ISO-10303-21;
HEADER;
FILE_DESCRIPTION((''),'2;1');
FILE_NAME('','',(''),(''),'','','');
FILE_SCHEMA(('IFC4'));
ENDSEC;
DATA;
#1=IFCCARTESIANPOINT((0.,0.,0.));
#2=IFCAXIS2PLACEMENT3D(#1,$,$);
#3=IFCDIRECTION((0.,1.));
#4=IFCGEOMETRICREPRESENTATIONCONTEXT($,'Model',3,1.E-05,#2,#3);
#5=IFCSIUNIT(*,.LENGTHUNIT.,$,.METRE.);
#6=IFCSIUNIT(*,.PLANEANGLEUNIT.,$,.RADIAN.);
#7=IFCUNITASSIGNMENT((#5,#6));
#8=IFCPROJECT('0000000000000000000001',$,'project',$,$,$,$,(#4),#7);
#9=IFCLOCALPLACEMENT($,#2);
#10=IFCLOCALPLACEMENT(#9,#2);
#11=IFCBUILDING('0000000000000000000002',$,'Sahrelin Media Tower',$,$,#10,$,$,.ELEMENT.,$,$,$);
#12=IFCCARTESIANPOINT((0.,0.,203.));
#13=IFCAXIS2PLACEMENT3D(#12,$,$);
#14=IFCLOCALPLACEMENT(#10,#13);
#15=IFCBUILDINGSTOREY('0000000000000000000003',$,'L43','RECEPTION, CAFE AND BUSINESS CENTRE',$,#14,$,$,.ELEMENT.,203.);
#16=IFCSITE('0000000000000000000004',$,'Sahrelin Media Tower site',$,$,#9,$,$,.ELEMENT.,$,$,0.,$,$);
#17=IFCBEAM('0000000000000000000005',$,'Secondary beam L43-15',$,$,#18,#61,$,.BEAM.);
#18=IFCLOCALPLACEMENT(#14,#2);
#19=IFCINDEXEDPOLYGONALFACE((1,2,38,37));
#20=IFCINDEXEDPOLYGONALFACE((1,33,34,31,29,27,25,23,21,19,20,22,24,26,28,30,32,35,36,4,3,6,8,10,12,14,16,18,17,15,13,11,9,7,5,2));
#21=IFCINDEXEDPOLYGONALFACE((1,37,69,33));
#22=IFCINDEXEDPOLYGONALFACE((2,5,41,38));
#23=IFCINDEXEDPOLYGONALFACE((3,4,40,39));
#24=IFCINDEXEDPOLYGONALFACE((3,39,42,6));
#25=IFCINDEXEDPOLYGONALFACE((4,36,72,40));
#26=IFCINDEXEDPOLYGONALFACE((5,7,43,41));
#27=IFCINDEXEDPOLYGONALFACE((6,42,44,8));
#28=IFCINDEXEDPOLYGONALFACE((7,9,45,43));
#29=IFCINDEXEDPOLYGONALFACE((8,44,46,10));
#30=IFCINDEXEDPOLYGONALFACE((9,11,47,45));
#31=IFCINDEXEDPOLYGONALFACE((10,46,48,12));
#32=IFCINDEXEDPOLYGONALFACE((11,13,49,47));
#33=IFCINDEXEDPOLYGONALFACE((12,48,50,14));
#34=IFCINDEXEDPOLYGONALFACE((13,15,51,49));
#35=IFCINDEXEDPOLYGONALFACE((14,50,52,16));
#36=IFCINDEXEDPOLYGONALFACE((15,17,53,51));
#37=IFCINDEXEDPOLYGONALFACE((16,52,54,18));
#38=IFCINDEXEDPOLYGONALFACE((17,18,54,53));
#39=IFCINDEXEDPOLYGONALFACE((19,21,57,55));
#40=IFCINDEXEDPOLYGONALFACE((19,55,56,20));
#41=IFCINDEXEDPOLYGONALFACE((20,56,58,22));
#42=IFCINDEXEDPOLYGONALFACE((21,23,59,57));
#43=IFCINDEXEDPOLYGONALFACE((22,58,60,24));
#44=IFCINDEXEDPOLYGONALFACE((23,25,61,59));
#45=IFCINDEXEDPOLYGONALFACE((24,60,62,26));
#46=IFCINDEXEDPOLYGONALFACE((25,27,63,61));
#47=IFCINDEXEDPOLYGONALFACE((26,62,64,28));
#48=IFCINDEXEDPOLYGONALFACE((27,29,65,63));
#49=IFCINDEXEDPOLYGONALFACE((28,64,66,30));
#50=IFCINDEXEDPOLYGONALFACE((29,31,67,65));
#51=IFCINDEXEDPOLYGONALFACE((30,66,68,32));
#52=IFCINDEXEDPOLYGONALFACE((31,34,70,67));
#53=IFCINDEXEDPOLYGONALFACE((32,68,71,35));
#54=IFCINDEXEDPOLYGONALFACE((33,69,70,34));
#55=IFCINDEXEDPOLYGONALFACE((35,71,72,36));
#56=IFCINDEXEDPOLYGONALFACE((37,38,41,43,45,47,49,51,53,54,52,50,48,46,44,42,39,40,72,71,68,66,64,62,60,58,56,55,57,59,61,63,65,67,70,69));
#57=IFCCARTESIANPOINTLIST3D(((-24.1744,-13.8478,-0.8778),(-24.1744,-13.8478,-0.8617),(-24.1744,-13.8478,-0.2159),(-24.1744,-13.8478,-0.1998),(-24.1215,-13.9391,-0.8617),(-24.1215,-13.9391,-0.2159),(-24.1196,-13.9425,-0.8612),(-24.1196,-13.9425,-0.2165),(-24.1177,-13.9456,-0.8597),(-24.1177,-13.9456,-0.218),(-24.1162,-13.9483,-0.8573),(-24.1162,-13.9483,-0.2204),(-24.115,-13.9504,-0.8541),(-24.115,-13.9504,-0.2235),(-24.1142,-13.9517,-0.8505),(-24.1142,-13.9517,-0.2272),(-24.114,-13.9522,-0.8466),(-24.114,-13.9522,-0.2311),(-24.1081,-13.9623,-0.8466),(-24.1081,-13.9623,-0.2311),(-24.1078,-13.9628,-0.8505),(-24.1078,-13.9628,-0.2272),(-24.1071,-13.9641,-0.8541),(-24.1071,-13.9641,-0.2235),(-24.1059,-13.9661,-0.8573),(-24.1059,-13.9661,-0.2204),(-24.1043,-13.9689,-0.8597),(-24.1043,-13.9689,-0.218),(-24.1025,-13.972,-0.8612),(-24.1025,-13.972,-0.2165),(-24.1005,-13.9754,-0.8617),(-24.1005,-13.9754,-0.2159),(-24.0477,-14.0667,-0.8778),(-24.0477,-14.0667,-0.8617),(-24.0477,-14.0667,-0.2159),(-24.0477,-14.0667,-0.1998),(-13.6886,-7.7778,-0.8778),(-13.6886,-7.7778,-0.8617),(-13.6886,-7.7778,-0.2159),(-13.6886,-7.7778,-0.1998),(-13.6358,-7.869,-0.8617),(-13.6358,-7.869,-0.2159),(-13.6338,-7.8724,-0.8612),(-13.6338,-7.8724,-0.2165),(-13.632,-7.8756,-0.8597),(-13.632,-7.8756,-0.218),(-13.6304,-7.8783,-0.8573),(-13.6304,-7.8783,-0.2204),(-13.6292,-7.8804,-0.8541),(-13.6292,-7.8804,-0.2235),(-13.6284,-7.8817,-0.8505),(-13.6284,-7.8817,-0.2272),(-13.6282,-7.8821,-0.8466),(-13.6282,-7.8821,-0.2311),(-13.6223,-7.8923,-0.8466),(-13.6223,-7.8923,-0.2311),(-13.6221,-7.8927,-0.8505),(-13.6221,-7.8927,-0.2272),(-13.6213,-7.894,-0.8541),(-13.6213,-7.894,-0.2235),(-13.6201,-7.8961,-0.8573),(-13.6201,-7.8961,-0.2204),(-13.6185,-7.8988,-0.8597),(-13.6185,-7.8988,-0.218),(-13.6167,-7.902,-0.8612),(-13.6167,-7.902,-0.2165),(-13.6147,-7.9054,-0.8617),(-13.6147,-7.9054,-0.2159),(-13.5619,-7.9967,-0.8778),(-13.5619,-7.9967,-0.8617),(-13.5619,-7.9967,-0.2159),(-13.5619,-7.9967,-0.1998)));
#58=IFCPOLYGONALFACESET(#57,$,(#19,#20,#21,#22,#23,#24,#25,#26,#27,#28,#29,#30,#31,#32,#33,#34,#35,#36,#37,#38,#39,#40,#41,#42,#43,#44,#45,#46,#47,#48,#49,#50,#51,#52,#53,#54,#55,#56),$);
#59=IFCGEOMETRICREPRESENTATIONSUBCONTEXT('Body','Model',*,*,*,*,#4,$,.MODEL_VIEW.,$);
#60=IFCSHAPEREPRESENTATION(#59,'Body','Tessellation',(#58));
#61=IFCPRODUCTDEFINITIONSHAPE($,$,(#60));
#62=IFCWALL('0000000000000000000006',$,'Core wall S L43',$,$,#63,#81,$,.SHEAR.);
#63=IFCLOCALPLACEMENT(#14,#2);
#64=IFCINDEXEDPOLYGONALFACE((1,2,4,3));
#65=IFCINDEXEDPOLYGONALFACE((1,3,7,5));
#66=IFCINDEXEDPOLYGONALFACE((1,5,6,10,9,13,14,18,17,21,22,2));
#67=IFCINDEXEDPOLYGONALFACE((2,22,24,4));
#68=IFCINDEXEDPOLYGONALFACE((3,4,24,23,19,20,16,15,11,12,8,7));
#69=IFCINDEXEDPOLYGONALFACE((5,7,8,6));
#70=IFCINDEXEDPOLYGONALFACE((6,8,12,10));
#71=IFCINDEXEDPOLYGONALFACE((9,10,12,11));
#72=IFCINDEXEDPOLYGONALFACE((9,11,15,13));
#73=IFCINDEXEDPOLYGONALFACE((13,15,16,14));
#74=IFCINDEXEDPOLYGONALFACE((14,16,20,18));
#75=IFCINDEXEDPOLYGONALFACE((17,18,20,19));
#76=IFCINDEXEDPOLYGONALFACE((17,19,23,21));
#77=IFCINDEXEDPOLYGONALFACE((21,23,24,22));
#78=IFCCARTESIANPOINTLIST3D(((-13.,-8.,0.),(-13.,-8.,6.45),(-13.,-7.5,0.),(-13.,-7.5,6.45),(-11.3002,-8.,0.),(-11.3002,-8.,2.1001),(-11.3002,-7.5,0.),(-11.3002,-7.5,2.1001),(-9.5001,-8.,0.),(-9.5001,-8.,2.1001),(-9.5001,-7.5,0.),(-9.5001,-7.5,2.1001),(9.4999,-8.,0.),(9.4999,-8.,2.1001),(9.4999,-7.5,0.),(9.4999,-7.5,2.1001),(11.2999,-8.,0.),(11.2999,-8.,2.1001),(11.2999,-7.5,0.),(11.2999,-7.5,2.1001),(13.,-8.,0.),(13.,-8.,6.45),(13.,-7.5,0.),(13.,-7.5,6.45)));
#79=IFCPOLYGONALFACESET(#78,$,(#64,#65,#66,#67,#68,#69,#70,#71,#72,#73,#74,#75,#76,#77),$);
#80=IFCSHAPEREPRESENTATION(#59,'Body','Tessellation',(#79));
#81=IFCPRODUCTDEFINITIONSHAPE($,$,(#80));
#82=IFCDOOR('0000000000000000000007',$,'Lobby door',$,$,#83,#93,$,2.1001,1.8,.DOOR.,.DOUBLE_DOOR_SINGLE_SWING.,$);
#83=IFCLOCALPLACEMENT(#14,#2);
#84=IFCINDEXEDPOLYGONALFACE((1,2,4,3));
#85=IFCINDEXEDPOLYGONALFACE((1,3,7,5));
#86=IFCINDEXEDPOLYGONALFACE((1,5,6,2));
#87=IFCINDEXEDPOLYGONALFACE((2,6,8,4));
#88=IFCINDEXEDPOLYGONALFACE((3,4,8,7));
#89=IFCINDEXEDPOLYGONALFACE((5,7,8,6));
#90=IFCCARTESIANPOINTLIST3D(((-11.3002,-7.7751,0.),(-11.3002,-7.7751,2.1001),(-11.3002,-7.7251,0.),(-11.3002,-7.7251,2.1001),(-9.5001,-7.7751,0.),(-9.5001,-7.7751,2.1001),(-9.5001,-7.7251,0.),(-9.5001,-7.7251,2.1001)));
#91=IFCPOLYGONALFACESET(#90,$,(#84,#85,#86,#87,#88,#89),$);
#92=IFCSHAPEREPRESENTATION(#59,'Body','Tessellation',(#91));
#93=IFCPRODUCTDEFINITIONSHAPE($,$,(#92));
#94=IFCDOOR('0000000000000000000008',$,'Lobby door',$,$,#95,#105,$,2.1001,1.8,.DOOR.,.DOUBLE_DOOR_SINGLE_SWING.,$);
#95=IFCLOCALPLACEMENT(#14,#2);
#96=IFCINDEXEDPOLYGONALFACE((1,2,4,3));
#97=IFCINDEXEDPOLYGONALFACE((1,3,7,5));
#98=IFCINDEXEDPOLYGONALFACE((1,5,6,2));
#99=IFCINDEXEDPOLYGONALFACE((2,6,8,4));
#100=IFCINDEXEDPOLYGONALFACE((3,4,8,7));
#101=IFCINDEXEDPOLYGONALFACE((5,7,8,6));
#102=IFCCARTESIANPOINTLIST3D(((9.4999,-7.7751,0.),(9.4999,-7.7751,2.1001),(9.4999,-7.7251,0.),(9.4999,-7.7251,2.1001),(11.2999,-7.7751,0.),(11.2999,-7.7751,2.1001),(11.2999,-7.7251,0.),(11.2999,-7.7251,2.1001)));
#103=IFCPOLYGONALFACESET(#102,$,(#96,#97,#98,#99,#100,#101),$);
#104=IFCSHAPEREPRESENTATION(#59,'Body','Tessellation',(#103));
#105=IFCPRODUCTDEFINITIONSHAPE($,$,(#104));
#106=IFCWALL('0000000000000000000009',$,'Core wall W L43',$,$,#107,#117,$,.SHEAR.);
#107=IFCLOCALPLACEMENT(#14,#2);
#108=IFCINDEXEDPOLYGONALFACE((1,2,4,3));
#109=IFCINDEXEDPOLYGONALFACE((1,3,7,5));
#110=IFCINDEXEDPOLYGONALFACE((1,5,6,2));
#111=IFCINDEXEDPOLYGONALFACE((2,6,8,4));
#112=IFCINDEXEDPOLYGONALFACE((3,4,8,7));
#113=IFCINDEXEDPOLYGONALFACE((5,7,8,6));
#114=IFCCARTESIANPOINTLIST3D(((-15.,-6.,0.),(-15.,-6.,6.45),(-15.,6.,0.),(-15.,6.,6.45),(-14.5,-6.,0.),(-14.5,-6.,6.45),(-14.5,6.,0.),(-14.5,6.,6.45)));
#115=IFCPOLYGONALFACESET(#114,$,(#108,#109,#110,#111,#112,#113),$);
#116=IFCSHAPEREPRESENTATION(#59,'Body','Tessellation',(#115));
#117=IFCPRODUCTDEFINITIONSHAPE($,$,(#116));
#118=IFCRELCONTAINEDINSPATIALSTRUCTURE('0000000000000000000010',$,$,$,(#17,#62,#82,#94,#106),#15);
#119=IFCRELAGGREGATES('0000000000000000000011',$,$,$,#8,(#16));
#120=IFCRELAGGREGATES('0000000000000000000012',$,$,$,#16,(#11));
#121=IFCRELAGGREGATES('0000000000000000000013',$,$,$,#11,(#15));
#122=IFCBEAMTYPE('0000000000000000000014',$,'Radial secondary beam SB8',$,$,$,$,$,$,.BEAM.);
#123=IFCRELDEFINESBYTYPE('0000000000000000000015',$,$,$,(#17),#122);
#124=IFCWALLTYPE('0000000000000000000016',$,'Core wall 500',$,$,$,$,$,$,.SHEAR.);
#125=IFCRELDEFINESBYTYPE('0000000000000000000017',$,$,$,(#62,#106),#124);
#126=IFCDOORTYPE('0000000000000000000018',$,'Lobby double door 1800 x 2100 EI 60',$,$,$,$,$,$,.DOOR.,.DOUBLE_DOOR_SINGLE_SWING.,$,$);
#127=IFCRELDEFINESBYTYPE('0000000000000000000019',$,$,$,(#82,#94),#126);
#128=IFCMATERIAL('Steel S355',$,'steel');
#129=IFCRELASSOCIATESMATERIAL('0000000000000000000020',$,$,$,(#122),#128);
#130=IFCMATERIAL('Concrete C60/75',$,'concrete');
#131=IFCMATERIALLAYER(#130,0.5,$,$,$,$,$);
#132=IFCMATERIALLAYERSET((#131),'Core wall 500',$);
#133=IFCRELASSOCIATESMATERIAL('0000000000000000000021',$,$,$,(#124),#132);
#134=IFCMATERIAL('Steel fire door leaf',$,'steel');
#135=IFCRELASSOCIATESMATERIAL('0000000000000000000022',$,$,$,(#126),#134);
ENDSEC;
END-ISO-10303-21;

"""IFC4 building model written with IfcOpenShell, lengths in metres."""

from ifc_helpers import new_model, si_unit, direction, frame, frame_2d, origin, origin_2d, place, context, subcontext, project, spatial, rectangle, i_section, extrude, material, layer, layer_set, material_profile, profile_set, type_object, element, fill, save


model = new_model("IFC4")

# Units and contexts
model_context = context("Model", 3, precision=1e-05, world=origin(), true_north=direction((0.0, 1.0)))
body_context = subcontext(model_context, "Body", "Model", "MODEL_VIEW")
ifc_project = project(units=[si_unit("LENGTHUNIT", "METRE"), si_unit("PLANEANGLEUNIT", "RADIAN")], contexts=[model_context])

# Site, building, storey
site_placement = place(None, origin())
site = spatial("IfcSite", under=ifc_project, at=site_placement, Name="Sahrelin Media Tower site", CompositionType="ELEMENT", RefElevation=0.0)
building_placement = place(site_placement, origin())
building = spatial("IfcBuilding", under=site, at=building_placement, Name="Sahrelin Media Tower", CompositionType="ELEMENT")
storey_placement = place(building_placement, frame((0.0, 0.0, 203.0)))
storey = spatial("IfcBuildingStorey", under=building, at=storey_placement, Name="L43", Description="RECEPTION, CAFE AND BUSINESS CENTRE", CompositionType="ELEMENT", Elevation=203.0)

# Beam
ifc_material_1 = material(Name="Steel S355", Category="steel")
ifc_material_profile_1 = material_profile(ifc_material_1, i_section(OverallWidth=0.2529, OverallDepth=0.678, WebThickness=0.0117, FlangeThickness=0.0161, FilletRadius=0.0151, at=origin_2d()), Name="UB 686x254x125")
ifc_profile_set_1 = profile_set([ifc_material_profile_1], Name="Steel S355")
beam_type_1 = type_object("IfcBeamType", Name="Radial secondary beam SB8", PredefinedType="BEAM", material=ifc_profile_set_1)
beam_1_placement = place(storey_placement, frame((-13.6252, -7.8872, -0.5388), z_axis=(-0.865451, -0.500994, 0.0), x_axis=(0.500994, -0.865451, 0.0)))
element("IfcBeam", 1, at=beam_1_placement, inside=storey, type_object=beam_type_1, Name="Secondary beam L43-15", PredefinedType="BEAM", context=body_context, shape_type="SweptSolid", body=[
    extrude(i_section(OverallWidth=0.2529, OverallDepth=0.678, WebThickness=0.0117, FlangeThickness=0.0161, FilletRadius=0.0151, at=origin_2d()), origin(), (0.0, 0.0, 1.0), 12.116),
])

# Wall, openings, doors
ifc_material_2 = material(Name="Concrete C60/75", Category="concrete")
ifc_layer_1 = layer(ifc_material_2, 0.5)
ifc_layer_set_1 = layer_set([ifc_layer_1], Name="Core wall 500")
wall_type_1 = type_object("IfcWallType", Name="Core wall 500", PredefinedType="SHEAR", material=ifc_layer_set_1)
wall_1_placement = place(storey_placement, frame((-13.0, -7.75, 0.0), z_axis=(0.0, 0.0, 1.0), x_axis=(1.0, 0.0, 0.0)))
wall_1 = element("IfcWall", 2, at=wall_1_placement, inside=storey, type_object=wall_type_1, Name="Core wall S L43", PredefinedType="SHEAR", context=body_context, shape_type="SweptSolid", body=[
    extrude(rectangle(XDim=26.0, YDim=0.5, at=frame_2d((13.0, 0.0))), origin(), (0.0, 0.0, 1.0), 6.45),
])
opening_1_placement = place(wall_1_placement, frame((1.7, 0.0, 0.0)))
opening_1 = element("IfcOpeningElement", 3, at=opening_1_placement, cuts=wall_1, PredefinedType="OPENING", context=body_context, shape_type="SweptSolid", body=[
    extrude(rectangle(XDim=1.8, YDim=2.1001, at=frame_2d((0.8999, 1.05))), frame((0.0, 0.25, 0.0), z_axis=(0.0, -1.0, 0.0), x_axis=(1.0, 0.0, 0.0)), (0.0, 0.0, 1.0), 0.5),
])
opening_2_placement = place(wall_1_placement, frame((22.5, 0.0, 0.0)))
opening_2 = element("IfcOpeningElement", 4, at=opening_2_placement, cuts=wall_1, PredefinedType="OPENING", context=body_context, shape_type="SweptSolid", body=[
    extrude(rectangle(XDim=1.8, YDim=2.1001, at=frame_2d((0.8999, 1.05))), frame((0.0, 0.25, 0.0), z_axis=(0.0, -1.0, 0.0), x_axis=(1.0, 0.0, 0.0)), (0.0, 0.0, 1.0), 0.5),
])
ifc_material_3 = material(Name="Steel fire door leaf", Category="steel")
door_type_1 = type_object("IfcDoorType", Name="Lobby double door 1800 x 2100 EI 60", OperationType="DOUBLE_DOOR_SINGLE_SWING", PredefinedType="DOOR", material=ifc_material_3)
door_1_placement = place(opening_1_placement, origin())
door_1 = element("IfcDoor", 5, at=door_1_placement, inside=storey, type_object=door_type_1, Name="Lobby door", OperationType="DOUBLE_DOOR_SINGLE_SWING", OverallHeight=2.1001, OverallWidth=1.8, PredefinedType="DOOR", context=body_context, shape_type="SweptSolid", body=[
    extrude(rectangle(XDim=1.8, YDim=2.1001, at=frame_2d((0.8999, 1.05))), frame((0.0, 0.0249, 0.0), z_axis=(0.0, -1.0, 0.0), x_axis=(1.0, 0.0, 0.0)), (0.0, 0.0, 1.0), 0.05),
])
fill(opening_1, door_1)
door_2_placement = place(opening_2_placement, origin())
door_2 = element("IfcDoor", 6, at=door_2_placement, inside=storey, type_object=door_type_1, Name="Lobby door", OperationType="DOUBLE_DOOR_SINGLE_SWING", OverallHeight=2.1001, OverallWidth=1.8, PredefinedType="DOOR", context=body_context, shape_type="SweptSolid", body=[
    extrude(rectangle(XDim=1.8, YDim=2.1001, at=frame_2d((0.8999, 1.05))), frame((0.0, 0.0249, 0.0), z_axis=(0.0, -1.0, 0.0), x_axis=(1.0, 0.0, 0.0)), (0.0, 0.0, 1.0), 0.05),
])
fill(opening_2, door_2)

# Wall
wall_2_placement = place(storey_placement, frame((-14.75, -6.0, 0.0), z_axis=(0.0, 0.0, 1.0), x_axis=(0.0, 1.0, 0.0)))
element("IfcWall", 7, at=wall_2_placement, inside=storey, type_object=wall_type_1, Name="Core wall W L43", PredefinedType="SHEAR", context=body_context, shape_type="SweptSolid", body=[
    extrude(rectangle(XDim=12.0, YDim=0.5, at=frame_2d((6.0, 0.0))), origin(), (0.0, 0.0, 1.0), 6.45),
])

save(model, "model.ifc")
